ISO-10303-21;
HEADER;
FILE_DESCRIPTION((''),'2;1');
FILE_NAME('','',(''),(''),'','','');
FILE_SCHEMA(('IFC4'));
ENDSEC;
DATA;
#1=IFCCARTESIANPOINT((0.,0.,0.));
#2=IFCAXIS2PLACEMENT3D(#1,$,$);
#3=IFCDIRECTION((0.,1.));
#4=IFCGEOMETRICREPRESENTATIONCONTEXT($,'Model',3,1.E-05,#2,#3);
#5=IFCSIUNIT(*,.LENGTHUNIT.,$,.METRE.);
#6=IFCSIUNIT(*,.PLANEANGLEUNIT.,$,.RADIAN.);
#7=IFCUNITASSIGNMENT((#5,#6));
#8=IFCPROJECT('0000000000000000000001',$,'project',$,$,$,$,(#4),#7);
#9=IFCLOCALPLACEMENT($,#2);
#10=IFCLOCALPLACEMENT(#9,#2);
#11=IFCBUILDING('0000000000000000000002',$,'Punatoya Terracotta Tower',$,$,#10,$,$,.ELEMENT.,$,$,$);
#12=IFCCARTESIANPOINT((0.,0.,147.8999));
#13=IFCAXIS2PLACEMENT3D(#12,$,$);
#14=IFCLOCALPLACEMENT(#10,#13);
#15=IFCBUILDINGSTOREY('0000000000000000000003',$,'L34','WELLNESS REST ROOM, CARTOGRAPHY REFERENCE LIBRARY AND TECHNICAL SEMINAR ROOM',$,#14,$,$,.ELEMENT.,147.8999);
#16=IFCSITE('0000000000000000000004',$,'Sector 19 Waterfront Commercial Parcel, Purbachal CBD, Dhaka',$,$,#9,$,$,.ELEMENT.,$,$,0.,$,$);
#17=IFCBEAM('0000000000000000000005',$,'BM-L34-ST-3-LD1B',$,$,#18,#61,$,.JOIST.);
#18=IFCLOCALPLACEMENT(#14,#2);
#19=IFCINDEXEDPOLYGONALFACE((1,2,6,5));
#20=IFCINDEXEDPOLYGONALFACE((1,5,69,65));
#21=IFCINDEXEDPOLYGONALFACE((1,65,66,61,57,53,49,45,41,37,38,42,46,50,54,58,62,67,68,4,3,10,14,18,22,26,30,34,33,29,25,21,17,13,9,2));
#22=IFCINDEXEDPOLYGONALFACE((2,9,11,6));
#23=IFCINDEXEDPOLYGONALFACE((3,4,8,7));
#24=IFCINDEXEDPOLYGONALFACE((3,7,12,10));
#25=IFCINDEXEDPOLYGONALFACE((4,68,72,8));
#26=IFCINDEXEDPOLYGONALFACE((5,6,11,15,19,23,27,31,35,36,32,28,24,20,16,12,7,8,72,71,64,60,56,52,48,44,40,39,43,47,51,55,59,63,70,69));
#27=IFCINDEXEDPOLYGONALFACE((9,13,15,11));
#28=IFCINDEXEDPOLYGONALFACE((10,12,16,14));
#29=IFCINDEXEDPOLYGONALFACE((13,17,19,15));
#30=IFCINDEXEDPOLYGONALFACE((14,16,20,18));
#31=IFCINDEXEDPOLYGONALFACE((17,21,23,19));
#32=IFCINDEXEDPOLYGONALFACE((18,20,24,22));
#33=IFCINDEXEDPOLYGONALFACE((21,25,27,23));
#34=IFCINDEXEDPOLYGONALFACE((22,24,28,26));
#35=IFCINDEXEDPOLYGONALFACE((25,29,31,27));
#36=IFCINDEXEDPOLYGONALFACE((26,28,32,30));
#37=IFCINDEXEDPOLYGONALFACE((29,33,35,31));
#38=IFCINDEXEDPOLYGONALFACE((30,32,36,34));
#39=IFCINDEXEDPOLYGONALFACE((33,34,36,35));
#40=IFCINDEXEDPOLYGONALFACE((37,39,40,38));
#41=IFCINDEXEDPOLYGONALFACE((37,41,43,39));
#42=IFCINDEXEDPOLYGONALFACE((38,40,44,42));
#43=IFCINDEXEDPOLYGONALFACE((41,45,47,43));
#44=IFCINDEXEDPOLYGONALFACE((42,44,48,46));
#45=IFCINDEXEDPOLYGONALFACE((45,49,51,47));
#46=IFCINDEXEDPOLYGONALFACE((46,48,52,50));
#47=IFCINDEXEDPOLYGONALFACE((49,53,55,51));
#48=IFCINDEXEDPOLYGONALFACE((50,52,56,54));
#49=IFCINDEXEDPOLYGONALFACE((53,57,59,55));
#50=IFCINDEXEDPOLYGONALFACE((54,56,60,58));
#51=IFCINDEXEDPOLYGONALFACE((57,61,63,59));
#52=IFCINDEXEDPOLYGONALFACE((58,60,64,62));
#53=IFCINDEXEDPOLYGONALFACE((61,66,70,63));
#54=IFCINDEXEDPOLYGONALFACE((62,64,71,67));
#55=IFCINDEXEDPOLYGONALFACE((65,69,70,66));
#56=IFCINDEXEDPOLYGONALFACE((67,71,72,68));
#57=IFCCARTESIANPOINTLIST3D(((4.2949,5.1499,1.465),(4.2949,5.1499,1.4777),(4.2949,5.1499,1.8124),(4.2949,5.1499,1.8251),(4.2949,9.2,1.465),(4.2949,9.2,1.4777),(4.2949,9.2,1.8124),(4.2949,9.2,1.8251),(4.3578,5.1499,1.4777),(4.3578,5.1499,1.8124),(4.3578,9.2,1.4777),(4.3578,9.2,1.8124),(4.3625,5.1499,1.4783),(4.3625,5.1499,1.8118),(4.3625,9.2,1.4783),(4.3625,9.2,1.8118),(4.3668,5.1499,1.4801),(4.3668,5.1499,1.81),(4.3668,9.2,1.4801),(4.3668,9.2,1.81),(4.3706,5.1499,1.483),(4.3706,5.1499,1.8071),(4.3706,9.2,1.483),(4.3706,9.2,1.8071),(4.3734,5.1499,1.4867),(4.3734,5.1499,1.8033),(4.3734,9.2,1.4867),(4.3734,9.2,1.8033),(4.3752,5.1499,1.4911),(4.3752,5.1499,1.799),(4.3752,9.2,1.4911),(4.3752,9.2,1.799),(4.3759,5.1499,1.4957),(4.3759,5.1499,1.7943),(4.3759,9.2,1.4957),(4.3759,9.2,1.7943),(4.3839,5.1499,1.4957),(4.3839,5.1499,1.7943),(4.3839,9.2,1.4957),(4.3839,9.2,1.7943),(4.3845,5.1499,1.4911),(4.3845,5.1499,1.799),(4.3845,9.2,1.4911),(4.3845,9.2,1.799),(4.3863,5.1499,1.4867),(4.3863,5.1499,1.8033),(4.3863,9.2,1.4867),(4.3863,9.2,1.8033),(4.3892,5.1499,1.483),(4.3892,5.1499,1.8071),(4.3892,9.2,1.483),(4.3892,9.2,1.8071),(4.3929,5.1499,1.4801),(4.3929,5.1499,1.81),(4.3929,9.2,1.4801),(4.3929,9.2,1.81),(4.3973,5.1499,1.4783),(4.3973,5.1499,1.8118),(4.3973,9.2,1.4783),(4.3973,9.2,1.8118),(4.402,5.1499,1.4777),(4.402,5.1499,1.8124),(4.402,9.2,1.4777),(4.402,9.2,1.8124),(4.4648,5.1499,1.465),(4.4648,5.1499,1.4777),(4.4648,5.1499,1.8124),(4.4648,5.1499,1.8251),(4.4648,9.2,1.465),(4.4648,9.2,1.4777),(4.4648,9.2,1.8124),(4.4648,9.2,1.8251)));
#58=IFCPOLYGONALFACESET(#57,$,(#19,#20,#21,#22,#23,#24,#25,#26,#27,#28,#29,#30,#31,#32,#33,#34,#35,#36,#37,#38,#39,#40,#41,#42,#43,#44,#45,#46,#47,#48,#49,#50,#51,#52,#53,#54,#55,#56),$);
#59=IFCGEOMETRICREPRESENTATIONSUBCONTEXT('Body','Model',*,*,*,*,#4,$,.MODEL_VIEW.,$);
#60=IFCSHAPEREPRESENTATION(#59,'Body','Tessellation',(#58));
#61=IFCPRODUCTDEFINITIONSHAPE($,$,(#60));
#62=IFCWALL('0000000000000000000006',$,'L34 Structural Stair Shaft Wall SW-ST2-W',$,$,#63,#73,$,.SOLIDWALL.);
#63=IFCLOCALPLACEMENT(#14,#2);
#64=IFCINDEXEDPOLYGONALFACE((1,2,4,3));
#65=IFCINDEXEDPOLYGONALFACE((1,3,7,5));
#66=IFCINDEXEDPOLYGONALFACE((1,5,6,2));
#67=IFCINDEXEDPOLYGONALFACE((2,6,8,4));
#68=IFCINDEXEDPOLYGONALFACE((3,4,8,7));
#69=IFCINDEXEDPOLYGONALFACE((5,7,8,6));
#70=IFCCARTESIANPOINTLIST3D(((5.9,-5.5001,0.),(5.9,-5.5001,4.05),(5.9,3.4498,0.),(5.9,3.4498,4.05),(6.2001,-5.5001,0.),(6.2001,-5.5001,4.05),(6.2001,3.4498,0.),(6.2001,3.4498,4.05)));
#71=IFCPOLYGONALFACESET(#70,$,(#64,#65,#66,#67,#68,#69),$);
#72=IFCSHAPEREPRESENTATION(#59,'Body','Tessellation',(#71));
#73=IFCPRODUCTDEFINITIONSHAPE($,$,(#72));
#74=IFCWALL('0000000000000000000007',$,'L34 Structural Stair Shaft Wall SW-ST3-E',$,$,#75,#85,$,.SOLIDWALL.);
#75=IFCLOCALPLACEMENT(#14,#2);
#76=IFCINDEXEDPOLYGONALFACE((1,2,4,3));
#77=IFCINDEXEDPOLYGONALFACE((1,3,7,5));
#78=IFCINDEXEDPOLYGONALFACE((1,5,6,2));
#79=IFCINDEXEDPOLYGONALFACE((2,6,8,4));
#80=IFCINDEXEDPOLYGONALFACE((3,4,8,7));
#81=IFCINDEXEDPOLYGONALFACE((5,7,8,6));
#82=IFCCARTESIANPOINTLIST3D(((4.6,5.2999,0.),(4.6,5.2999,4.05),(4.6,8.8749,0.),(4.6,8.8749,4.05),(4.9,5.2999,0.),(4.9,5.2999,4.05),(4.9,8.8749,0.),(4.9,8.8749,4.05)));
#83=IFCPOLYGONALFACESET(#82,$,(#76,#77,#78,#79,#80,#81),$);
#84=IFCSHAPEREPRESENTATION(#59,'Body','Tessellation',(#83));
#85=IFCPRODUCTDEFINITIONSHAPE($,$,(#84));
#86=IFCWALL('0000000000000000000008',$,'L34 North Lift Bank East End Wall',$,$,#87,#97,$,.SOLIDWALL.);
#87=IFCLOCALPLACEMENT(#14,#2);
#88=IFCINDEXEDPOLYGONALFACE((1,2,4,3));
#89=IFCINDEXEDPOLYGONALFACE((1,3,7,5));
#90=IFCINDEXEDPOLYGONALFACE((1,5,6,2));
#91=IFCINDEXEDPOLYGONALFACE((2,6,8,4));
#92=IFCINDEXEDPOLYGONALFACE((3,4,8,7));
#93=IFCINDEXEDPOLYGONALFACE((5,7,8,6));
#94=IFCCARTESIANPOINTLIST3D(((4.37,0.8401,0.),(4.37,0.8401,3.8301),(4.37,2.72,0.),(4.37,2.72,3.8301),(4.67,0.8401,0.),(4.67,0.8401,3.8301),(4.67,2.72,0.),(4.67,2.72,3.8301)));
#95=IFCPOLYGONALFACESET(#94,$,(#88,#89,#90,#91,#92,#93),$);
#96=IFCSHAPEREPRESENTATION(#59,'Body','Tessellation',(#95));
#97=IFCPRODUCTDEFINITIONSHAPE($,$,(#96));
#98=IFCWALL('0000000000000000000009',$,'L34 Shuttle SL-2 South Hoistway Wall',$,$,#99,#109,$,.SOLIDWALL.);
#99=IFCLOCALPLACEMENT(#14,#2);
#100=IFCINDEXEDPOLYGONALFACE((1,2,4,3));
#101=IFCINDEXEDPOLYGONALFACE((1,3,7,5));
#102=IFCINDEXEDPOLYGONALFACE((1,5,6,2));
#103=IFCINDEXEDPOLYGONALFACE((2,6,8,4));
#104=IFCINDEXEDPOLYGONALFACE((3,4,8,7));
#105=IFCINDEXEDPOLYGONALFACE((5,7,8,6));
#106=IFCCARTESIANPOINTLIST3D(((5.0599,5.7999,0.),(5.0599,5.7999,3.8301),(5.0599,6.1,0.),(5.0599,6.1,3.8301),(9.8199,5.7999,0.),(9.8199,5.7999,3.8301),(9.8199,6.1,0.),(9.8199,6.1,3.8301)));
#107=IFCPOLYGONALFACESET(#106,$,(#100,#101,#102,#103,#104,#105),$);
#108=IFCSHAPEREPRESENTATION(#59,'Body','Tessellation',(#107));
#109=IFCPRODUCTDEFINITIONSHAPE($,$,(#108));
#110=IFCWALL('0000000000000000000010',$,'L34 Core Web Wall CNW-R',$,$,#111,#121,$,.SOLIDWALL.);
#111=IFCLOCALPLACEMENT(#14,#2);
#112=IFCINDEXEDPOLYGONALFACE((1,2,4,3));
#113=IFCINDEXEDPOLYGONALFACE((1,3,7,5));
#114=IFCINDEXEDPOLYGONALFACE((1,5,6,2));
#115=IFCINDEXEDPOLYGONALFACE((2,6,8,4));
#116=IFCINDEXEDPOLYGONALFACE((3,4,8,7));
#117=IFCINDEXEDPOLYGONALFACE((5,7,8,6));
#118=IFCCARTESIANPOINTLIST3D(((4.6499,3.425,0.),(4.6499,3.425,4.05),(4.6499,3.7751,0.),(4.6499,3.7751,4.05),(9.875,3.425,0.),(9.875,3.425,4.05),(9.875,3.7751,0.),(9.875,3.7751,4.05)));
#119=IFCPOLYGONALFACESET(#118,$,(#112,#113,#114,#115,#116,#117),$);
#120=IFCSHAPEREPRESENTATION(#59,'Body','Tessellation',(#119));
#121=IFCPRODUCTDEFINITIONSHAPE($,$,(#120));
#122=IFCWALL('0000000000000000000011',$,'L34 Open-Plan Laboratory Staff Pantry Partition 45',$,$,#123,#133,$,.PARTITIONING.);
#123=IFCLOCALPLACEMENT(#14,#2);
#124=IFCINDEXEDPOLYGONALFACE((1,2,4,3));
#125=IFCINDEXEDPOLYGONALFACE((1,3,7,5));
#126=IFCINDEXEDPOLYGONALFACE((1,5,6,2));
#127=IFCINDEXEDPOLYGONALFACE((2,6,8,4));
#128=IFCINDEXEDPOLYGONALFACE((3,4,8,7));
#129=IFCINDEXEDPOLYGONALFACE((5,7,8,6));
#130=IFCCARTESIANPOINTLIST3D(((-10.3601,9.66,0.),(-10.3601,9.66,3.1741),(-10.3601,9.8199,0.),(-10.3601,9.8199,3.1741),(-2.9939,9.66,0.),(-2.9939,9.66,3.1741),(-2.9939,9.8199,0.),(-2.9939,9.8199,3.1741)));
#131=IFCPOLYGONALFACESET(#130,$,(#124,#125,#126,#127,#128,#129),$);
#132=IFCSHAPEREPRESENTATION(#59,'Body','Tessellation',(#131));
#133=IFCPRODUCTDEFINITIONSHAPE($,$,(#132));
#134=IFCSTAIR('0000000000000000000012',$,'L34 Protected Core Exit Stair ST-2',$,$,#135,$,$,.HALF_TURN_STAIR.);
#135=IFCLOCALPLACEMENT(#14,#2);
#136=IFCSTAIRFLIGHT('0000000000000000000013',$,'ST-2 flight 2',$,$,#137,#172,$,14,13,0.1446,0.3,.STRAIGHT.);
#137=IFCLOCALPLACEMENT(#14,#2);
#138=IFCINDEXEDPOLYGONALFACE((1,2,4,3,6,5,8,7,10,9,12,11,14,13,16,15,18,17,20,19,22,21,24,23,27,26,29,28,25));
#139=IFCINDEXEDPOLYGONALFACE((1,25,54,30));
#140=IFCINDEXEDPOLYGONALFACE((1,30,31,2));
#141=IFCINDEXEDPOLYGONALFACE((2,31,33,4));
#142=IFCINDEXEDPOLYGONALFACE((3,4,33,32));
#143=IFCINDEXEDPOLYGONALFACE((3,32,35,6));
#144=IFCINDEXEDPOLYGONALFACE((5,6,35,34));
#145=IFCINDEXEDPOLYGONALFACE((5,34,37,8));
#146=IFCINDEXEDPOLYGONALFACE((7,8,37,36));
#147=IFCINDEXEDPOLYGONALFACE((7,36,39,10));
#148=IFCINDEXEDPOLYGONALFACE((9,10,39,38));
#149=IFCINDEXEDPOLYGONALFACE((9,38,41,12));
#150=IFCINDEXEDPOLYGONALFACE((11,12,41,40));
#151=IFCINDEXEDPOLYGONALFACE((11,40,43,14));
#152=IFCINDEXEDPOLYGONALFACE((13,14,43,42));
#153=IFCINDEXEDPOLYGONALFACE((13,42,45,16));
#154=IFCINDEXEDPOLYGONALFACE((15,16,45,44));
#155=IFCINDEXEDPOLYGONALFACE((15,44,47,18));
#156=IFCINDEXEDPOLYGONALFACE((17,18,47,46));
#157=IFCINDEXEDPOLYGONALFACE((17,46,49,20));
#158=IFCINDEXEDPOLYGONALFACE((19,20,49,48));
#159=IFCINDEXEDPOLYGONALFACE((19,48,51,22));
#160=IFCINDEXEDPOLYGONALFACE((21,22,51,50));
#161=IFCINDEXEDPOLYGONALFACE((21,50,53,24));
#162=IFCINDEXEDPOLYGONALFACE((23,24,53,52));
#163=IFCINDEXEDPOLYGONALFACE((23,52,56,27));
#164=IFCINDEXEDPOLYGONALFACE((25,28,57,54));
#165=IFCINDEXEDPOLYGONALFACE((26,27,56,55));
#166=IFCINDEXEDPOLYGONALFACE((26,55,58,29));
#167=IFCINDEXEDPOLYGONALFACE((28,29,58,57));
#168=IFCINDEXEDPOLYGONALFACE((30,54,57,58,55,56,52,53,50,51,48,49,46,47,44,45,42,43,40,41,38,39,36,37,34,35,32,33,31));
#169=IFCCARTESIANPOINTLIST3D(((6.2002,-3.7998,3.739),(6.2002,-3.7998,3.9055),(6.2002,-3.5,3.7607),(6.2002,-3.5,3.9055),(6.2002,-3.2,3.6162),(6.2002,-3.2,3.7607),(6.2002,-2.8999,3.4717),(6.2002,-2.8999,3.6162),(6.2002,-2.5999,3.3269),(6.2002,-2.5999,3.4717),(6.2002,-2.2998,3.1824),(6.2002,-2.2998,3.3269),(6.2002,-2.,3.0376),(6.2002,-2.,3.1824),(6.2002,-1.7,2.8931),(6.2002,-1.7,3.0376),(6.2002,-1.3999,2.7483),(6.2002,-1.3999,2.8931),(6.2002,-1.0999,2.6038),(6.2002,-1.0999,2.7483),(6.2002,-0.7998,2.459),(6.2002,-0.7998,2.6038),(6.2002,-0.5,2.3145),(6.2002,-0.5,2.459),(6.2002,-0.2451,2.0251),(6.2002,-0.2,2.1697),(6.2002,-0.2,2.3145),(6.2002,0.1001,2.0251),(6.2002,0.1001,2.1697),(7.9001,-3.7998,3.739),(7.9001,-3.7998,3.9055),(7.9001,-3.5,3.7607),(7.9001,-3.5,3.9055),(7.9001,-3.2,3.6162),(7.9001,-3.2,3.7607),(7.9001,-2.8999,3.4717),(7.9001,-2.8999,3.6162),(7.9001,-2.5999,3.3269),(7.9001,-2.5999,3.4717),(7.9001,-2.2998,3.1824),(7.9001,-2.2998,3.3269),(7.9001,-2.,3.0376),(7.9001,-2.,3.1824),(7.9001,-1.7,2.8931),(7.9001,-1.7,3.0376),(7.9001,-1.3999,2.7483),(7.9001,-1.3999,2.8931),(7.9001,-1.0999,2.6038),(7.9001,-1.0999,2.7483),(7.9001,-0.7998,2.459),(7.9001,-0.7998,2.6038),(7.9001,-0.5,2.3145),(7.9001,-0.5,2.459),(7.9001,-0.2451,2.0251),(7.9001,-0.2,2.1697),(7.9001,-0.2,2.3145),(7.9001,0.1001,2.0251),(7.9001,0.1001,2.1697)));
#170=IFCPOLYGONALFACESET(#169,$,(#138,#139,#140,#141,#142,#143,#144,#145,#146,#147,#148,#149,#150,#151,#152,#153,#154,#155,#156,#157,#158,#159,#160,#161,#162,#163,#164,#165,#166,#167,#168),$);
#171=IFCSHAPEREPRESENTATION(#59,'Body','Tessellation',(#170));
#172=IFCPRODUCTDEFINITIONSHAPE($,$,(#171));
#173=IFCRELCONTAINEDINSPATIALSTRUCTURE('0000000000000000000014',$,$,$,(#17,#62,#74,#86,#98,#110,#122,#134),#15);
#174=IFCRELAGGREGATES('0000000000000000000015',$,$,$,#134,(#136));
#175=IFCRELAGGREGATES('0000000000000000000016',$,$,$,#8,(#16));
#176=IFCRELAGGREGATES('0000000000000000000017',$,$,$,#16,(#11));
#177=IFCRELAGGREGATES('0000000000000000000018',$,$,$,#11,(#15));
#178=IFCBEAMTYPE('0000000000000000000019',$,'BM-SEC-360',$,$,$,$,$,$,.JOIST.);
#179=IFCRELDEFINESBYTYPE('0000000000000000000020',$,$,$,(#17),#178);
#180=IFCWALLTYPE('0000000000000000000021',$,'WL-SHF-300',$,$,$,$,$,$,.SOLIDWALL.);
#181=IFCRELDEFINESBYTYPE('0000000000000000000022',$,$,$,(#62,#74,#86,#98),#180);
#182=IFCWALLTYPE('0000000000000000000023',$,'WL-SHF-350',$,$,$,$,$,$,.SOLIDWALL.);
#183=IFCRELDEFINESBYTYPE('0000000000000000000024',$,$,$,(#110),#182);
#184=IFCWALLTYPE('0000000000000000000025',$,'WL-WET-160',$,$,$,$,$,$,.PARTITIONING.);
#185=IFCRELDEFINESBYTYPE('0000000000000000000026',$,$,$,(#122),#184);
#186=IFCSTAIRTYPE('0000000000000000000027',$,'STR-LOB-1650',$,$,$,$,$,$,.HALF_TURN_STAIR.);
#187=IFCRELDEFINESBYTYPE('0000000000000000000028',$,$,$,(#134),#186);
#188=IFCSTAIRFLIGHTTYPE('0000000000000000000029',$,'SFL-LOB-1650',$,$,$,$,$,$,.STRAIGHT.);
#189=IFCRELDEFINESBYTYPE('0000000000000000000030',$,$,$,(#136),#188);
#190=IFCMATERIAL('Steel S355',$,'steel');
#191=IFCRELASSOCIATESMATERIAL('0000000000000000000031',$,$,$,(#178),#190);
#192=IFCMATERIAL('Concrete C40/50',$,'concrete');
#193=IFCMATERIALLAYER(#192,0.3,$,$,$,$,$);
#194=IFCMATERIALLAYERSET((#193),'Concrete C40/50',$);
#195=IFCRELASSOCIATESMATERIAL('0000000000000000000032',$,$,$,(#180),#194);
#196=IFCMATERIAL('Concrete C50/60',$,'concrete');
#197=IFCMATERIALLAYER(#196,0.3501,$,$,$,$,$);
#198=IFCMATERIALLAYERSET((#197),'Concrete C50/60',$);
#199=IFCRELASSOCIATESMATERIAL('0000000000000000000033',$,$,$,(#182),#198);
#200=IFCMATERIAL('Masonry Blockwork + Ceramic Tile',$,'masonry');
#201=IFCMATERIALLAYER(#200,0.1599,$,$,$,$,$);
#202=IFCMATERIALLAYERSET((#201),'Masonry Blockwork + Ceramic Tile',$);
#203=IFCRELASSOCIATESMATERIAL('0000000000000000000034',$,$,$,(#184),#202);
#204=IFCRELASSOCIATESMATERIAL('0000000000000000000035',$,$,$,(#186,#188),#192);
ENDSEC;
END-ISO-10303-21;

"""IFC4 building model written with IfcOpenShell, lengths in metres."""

from ifc_helpers import new_model, si_unit, direction, frame, frame_2d, origin, origin_2d, place, context, subcontext, project, spatial, polyline, rectangle, i_section, outline, extrude, material, layer, layer_set, material_profile, profile_set, type_object, element, aggregate, save


model = new_model("IFC4")

# Units and contexts
model_context = context("Model", 3, precision=1e-05, world=origin(), true_north=direction((0.0, 1.0)))
body_context = subcontext(model_context, "Body", "Model", "MODEL_VIEW")
ifc_project = project(units=[si_unit("LENGTHUNIT", "METRE"), si_unit("PLANEANGLEUNIT", "RADIAN")], contexts=[model_context])

# Site, building, storey
site_placement = place(None, origin())
site = spatial("IfcSite", under=ifc_project, at=site_placement, Name="Sector 19 Waterfront Commercial Parcel, Purbachal CBD, Dhaka", CompositionType="ELEMENT", RefElevation=0.0)
building_placement = place(site_placement, origin())
building = spatial("IfcBuilding", under=site, at=building_placement, Name="Punatoya Terracotta Tower", CompositionType="ELEMENT")
storey_placement = place(building_placement, frame((0.0, 0.0, 147.8999)))
storey = spatial("IfcBuildingStorey", under=building, at=storey_placement, Name="L34", Description="WELLNESS REST ROOM, CARTOGRAPHY REFERENCE LIBRARY AND TECHNICAL SEMINAR ROOM", CompositionType="ELEMENT", Elevation=147.8999)

# Beam
ifc_material_1 = material(Name="Steel S355", Category="steel")
ifc_material_profile_1 = material_profile(ifc_material_1, i_section(OverallWidth=0.1699, OverallDepth=0.3601, WebThickness=0.0081, FlangeThickness=0.0127, FilletRadius=0.0181, at=origin_2d()))
ifc_profile_set_1 = profile_set([ifc_material_profile_1], Name="Steel S355")
beam_type_1 = type_object("IfcBeamType", Name="BM-SEC-360", PredefinedType="JOIST", material=ifc_profile_set_1)
for number, where, z_axis, x_axis, name in (
    (1, (4.3799, 5.1499, 1.645), (0.0, 1.0, 0.0), (-1.0, 0.0, 0.0), "BM-L34-ST-3-LD1B"),
):
    element("IfcBeam", number, at=place(storey_placement, frame(where, z_axis=z_axis, x_axis=x_axis)), inside=storey, type_object=beam_type_1, Name=name, PredefinedType="JOIST", context=body_context, shape_type="SweptSolid", body=[
        extrude(i_section(OverallWidth=0.1699, OverallDepth=0.3601, WebThickness=0.0081, FlangeThickness=0.0127, FilletRadius=0.0181, at=origin_2d()), origin(), (0.0, 0.0, 1.0), 4.05),
    ])

# Walls
ifc_material_2 = material(Name="Concrete C40/50", Category="concrete")
ifc_layer_1 = layer(ifc_material_2, 0.3)
ifc_layer_set_1 = layer_set([ifc_layer_1], Name="Concrete C40/50")
wall_type_1 = type_object("IfcWallType", Name="WL-SHF-300", PredefinedType="SOLIDWALL", material=ifc_layer_set_1)
wall_1_placement = place(storey_placement, frame((6.05, 3.45, 0.0), z_axis=(0.0, 0.0, 1.0), x_axis=(0.0, -1.0, 0.0)))
element("IfcWall", 2, at=wall_1_placement, inside=storey, type_object=wall_type_1, Name="L34 Structural Stair Shaft Wall SW-ST2-W", PredefinedType="SOLIDWALL", context=body_context, shape_type="SweptSolid", body=[
    extrude(rectangle(XDim=8.95, YDim=0.3, at=frame_2d((4.4751, 0.0))), origin(), (0.0, 0.0, 1.0), 4.05),
])
wall_2_placement = place(storey_placement, frame((4.75, 8.875, 0.0), z_axis=(0.0, 0.0, 1.0), x_axis=(0.0, -1.0, 0.0)))
element("IfcWall", 3, at=wall_2_placement, inside=storey, type_object=wall_type_1, Name="L34 Structural Stair Shaft Wall SW-ST3-E", PredefinedType="SOLIDWALL", context=body_context, shape_type="SweptSolid", body=[
    extrude(rectangle(XDim=3.575, YDim=0.3, at=frame_2d((1.7876, 0.0))), origin(), (0.0, 0.0, 1.0), 4.05),
])
wall_3_placement = place(storey_placement, frame((4.52, 0.8401, 0.0), z_axis=(0.0, 0.0, 1.0), x_axis=(0.0, 1.0, 0.0)))
element("IfcWall", 4, at=wall_3_placement, inside=storey, type_object=wall_type_1, Name="L34 North Lift Bank East End Wall", PredefinedType="SOLIDWALL", context=body_context, shape_type="SweptSolid", body=[
    extrude(rectangle(XDim=1.8799, YDim=0.3, at=frame_2d((0.9399, 0.0))), origin(), (0.0, 0.0, 1.0), 3.8301),
])
wall_4_placement = place(storey_placement, frame((5.0601, 5.95, 0.0), z_axis=(0.0, 0.0, 1.0), x_axis=(1.0, 0.0, 0.0)))
element("IfcWall", 5, at=wall_4_placement, inside=storey, type_object=wall_type_1, Name="L34 Shuttle SL-2 South Hoistway Wall", PredefinedType="SOLIDWALL", context=body_context, shape_type="SweptSolid", body=[
    extrude(rectangle(XDim=4.76, YDim=0.3, at=frame_2d((2.3799, 0.0))), origin(), (0.0, 0.0, 1.0), 3.8301),
])
ifc_material_3 = material(Name="Concrete C50/60", Category="concrete")
ifc_layer_2 = layer(ifc_material_3, 0.3501)
ifc_layer_set_2 = layer_set([ifc_layer_2], Name="Concrete C50/60")
wall_type_2 = type_object("IfcWallType", Name="WL-SHF-350", PredefinedType="SOLIDWALL", material=ifc_layer_set_2)
wall_5_placement = place(storey_placement, frame((4.6499, 3.6001, 0.0), z_axis=(0.0, 0.0, 1.0), x_axis=(1.0, 0.0, 0.0)))
element("IfcWall", 6, at=wall_5_placement, inside=storey, type_object=wall_type_2, Name="L34 Core Web Wall CNW-R", PredefinedType="SOLIDWALL", context=body_context, shape_type="SweptSolid", body=[
    extrude(rectangle(XDim=5.2251, YDim=0.3501, at=frame_2d((2.6125, 0.0))), origin(), (0.0, 0.0, 1.0), 4.05),
])
ifc_material_4 = material(Name="Masonry Blockwork + Ceramic Tile", Category="masonry")
ifc_layer_3 = layer(ifc_material_4, 0.1599)
ifc_layer_set_3 = layer_set([ifc_layer_3], Name="Masonry Blockwork + Ceramic Tile")
wall_type_3 = type_object("IfcWallType", Name="WL-WET-160", PredefinedType="PARTITIONING", material=ifc_layer_set_3)
wall_6_placement = place(storey_placement, frame((-2.9939, 9.74, 0.0), z_axis=(0.0, 0.0, 1.0), x_axis=(-1.0, 0.0, 0.0)))
element("IfcWall", 7, at=wall_6_placement, inside=storey, type_object=wall_type_3, Name="L34 Open-Plan Laboratory Staff Pantry Partition 45", PredefinedType="PARTITIONING", context=body_context, shape_type="SweptSolid", body=[
    extrude(rectangle(XDim=7.3662, YDim=0.1599, at=frame_2d((3.6831, 0.0))), origin(), (0.0, 0.0, 1.0), 3.1741),
])

# Stair, stair flight
stair_type_1 = type_object("IfcStairType", Name="STR-LOB-1650", PredefinedType="HALF_TURN_STAIR", material=ifc_material_2)
stair_1_placement = place(storey_placement, origin())
stair_1 = element("IfcStair", 8, at=stair_1_placement, inside=storey, type_object=stair_type_1, Name="L34 Protected Core Exit Stair ST-2", PredefinedType="HALF_TURN_STAIR")
stair_flight_type_1 = type_object("IfcStairFlightType", Name="SFL-LOB-1650", PredefinedType="STRAIGHT", material=ifc_material_2)
stair_flight_1_placement = place(storey_placement, frame((7.05, 0.1001, 2.0251), z_axis=(0.0, 0.0, 1.0), x_axis=(0.0, -1.0, 0.0)))
stair_flight_1 = element("IfcStairFlight", 9, at=stair_flight_1_placement, type_object=stair_flight_type_1, Name="ST-2 flight 2", NumberOfRisers=14, NumberOfTreads=13, PredefinedType="STRAIGHT", RiserHeight=0.1446, TreadLength=0.3, context=body_context, shape_type="SweptSolid", body=[
    extrude(outline(polyline([(0.0, 0.0), (0.0, 0.1445), (0.3, 0.1445), (0.3, 0.2893), (0.6001, 0.2893), (0.6001, 0.4338), (0.8999, 0.4338), (0.8999, 0.5786), (1.2, 0.5786), (1.2, 0.7231), (1.5, 0.7231), (1.5, 0.8679), (1.8, 0.8679), (1.8, 1.0125), (2.1001, 1.0125), (2.1001, 1.1572), (2.3999, 1.1572), (2.3999, 1.3018), (2.7, 1.3018), (2.7, 1.4465), (3.0, 1.4465), (3.0, 1.5911), (3.3, 1.5911), (3.3, 1.7356), (3.6001, 1.7356), (3.6001, 1.8804), (3.8999, 1.8804), (3.8999, 2.0249), (3.8999, 1.7139), (0.3452, 0.0), (0.0, 0.0)])), frame((0.0, 0.8501, 0.0), z_axis=(0.0, -1.0, 0.0), x_axis=(1.0, 0.0, 0.0)), (0.0, 0.0, 1.0), 1.7),
])
aggregate(stair_1, [stair_flight_1])

save(model, "model.ifc")
